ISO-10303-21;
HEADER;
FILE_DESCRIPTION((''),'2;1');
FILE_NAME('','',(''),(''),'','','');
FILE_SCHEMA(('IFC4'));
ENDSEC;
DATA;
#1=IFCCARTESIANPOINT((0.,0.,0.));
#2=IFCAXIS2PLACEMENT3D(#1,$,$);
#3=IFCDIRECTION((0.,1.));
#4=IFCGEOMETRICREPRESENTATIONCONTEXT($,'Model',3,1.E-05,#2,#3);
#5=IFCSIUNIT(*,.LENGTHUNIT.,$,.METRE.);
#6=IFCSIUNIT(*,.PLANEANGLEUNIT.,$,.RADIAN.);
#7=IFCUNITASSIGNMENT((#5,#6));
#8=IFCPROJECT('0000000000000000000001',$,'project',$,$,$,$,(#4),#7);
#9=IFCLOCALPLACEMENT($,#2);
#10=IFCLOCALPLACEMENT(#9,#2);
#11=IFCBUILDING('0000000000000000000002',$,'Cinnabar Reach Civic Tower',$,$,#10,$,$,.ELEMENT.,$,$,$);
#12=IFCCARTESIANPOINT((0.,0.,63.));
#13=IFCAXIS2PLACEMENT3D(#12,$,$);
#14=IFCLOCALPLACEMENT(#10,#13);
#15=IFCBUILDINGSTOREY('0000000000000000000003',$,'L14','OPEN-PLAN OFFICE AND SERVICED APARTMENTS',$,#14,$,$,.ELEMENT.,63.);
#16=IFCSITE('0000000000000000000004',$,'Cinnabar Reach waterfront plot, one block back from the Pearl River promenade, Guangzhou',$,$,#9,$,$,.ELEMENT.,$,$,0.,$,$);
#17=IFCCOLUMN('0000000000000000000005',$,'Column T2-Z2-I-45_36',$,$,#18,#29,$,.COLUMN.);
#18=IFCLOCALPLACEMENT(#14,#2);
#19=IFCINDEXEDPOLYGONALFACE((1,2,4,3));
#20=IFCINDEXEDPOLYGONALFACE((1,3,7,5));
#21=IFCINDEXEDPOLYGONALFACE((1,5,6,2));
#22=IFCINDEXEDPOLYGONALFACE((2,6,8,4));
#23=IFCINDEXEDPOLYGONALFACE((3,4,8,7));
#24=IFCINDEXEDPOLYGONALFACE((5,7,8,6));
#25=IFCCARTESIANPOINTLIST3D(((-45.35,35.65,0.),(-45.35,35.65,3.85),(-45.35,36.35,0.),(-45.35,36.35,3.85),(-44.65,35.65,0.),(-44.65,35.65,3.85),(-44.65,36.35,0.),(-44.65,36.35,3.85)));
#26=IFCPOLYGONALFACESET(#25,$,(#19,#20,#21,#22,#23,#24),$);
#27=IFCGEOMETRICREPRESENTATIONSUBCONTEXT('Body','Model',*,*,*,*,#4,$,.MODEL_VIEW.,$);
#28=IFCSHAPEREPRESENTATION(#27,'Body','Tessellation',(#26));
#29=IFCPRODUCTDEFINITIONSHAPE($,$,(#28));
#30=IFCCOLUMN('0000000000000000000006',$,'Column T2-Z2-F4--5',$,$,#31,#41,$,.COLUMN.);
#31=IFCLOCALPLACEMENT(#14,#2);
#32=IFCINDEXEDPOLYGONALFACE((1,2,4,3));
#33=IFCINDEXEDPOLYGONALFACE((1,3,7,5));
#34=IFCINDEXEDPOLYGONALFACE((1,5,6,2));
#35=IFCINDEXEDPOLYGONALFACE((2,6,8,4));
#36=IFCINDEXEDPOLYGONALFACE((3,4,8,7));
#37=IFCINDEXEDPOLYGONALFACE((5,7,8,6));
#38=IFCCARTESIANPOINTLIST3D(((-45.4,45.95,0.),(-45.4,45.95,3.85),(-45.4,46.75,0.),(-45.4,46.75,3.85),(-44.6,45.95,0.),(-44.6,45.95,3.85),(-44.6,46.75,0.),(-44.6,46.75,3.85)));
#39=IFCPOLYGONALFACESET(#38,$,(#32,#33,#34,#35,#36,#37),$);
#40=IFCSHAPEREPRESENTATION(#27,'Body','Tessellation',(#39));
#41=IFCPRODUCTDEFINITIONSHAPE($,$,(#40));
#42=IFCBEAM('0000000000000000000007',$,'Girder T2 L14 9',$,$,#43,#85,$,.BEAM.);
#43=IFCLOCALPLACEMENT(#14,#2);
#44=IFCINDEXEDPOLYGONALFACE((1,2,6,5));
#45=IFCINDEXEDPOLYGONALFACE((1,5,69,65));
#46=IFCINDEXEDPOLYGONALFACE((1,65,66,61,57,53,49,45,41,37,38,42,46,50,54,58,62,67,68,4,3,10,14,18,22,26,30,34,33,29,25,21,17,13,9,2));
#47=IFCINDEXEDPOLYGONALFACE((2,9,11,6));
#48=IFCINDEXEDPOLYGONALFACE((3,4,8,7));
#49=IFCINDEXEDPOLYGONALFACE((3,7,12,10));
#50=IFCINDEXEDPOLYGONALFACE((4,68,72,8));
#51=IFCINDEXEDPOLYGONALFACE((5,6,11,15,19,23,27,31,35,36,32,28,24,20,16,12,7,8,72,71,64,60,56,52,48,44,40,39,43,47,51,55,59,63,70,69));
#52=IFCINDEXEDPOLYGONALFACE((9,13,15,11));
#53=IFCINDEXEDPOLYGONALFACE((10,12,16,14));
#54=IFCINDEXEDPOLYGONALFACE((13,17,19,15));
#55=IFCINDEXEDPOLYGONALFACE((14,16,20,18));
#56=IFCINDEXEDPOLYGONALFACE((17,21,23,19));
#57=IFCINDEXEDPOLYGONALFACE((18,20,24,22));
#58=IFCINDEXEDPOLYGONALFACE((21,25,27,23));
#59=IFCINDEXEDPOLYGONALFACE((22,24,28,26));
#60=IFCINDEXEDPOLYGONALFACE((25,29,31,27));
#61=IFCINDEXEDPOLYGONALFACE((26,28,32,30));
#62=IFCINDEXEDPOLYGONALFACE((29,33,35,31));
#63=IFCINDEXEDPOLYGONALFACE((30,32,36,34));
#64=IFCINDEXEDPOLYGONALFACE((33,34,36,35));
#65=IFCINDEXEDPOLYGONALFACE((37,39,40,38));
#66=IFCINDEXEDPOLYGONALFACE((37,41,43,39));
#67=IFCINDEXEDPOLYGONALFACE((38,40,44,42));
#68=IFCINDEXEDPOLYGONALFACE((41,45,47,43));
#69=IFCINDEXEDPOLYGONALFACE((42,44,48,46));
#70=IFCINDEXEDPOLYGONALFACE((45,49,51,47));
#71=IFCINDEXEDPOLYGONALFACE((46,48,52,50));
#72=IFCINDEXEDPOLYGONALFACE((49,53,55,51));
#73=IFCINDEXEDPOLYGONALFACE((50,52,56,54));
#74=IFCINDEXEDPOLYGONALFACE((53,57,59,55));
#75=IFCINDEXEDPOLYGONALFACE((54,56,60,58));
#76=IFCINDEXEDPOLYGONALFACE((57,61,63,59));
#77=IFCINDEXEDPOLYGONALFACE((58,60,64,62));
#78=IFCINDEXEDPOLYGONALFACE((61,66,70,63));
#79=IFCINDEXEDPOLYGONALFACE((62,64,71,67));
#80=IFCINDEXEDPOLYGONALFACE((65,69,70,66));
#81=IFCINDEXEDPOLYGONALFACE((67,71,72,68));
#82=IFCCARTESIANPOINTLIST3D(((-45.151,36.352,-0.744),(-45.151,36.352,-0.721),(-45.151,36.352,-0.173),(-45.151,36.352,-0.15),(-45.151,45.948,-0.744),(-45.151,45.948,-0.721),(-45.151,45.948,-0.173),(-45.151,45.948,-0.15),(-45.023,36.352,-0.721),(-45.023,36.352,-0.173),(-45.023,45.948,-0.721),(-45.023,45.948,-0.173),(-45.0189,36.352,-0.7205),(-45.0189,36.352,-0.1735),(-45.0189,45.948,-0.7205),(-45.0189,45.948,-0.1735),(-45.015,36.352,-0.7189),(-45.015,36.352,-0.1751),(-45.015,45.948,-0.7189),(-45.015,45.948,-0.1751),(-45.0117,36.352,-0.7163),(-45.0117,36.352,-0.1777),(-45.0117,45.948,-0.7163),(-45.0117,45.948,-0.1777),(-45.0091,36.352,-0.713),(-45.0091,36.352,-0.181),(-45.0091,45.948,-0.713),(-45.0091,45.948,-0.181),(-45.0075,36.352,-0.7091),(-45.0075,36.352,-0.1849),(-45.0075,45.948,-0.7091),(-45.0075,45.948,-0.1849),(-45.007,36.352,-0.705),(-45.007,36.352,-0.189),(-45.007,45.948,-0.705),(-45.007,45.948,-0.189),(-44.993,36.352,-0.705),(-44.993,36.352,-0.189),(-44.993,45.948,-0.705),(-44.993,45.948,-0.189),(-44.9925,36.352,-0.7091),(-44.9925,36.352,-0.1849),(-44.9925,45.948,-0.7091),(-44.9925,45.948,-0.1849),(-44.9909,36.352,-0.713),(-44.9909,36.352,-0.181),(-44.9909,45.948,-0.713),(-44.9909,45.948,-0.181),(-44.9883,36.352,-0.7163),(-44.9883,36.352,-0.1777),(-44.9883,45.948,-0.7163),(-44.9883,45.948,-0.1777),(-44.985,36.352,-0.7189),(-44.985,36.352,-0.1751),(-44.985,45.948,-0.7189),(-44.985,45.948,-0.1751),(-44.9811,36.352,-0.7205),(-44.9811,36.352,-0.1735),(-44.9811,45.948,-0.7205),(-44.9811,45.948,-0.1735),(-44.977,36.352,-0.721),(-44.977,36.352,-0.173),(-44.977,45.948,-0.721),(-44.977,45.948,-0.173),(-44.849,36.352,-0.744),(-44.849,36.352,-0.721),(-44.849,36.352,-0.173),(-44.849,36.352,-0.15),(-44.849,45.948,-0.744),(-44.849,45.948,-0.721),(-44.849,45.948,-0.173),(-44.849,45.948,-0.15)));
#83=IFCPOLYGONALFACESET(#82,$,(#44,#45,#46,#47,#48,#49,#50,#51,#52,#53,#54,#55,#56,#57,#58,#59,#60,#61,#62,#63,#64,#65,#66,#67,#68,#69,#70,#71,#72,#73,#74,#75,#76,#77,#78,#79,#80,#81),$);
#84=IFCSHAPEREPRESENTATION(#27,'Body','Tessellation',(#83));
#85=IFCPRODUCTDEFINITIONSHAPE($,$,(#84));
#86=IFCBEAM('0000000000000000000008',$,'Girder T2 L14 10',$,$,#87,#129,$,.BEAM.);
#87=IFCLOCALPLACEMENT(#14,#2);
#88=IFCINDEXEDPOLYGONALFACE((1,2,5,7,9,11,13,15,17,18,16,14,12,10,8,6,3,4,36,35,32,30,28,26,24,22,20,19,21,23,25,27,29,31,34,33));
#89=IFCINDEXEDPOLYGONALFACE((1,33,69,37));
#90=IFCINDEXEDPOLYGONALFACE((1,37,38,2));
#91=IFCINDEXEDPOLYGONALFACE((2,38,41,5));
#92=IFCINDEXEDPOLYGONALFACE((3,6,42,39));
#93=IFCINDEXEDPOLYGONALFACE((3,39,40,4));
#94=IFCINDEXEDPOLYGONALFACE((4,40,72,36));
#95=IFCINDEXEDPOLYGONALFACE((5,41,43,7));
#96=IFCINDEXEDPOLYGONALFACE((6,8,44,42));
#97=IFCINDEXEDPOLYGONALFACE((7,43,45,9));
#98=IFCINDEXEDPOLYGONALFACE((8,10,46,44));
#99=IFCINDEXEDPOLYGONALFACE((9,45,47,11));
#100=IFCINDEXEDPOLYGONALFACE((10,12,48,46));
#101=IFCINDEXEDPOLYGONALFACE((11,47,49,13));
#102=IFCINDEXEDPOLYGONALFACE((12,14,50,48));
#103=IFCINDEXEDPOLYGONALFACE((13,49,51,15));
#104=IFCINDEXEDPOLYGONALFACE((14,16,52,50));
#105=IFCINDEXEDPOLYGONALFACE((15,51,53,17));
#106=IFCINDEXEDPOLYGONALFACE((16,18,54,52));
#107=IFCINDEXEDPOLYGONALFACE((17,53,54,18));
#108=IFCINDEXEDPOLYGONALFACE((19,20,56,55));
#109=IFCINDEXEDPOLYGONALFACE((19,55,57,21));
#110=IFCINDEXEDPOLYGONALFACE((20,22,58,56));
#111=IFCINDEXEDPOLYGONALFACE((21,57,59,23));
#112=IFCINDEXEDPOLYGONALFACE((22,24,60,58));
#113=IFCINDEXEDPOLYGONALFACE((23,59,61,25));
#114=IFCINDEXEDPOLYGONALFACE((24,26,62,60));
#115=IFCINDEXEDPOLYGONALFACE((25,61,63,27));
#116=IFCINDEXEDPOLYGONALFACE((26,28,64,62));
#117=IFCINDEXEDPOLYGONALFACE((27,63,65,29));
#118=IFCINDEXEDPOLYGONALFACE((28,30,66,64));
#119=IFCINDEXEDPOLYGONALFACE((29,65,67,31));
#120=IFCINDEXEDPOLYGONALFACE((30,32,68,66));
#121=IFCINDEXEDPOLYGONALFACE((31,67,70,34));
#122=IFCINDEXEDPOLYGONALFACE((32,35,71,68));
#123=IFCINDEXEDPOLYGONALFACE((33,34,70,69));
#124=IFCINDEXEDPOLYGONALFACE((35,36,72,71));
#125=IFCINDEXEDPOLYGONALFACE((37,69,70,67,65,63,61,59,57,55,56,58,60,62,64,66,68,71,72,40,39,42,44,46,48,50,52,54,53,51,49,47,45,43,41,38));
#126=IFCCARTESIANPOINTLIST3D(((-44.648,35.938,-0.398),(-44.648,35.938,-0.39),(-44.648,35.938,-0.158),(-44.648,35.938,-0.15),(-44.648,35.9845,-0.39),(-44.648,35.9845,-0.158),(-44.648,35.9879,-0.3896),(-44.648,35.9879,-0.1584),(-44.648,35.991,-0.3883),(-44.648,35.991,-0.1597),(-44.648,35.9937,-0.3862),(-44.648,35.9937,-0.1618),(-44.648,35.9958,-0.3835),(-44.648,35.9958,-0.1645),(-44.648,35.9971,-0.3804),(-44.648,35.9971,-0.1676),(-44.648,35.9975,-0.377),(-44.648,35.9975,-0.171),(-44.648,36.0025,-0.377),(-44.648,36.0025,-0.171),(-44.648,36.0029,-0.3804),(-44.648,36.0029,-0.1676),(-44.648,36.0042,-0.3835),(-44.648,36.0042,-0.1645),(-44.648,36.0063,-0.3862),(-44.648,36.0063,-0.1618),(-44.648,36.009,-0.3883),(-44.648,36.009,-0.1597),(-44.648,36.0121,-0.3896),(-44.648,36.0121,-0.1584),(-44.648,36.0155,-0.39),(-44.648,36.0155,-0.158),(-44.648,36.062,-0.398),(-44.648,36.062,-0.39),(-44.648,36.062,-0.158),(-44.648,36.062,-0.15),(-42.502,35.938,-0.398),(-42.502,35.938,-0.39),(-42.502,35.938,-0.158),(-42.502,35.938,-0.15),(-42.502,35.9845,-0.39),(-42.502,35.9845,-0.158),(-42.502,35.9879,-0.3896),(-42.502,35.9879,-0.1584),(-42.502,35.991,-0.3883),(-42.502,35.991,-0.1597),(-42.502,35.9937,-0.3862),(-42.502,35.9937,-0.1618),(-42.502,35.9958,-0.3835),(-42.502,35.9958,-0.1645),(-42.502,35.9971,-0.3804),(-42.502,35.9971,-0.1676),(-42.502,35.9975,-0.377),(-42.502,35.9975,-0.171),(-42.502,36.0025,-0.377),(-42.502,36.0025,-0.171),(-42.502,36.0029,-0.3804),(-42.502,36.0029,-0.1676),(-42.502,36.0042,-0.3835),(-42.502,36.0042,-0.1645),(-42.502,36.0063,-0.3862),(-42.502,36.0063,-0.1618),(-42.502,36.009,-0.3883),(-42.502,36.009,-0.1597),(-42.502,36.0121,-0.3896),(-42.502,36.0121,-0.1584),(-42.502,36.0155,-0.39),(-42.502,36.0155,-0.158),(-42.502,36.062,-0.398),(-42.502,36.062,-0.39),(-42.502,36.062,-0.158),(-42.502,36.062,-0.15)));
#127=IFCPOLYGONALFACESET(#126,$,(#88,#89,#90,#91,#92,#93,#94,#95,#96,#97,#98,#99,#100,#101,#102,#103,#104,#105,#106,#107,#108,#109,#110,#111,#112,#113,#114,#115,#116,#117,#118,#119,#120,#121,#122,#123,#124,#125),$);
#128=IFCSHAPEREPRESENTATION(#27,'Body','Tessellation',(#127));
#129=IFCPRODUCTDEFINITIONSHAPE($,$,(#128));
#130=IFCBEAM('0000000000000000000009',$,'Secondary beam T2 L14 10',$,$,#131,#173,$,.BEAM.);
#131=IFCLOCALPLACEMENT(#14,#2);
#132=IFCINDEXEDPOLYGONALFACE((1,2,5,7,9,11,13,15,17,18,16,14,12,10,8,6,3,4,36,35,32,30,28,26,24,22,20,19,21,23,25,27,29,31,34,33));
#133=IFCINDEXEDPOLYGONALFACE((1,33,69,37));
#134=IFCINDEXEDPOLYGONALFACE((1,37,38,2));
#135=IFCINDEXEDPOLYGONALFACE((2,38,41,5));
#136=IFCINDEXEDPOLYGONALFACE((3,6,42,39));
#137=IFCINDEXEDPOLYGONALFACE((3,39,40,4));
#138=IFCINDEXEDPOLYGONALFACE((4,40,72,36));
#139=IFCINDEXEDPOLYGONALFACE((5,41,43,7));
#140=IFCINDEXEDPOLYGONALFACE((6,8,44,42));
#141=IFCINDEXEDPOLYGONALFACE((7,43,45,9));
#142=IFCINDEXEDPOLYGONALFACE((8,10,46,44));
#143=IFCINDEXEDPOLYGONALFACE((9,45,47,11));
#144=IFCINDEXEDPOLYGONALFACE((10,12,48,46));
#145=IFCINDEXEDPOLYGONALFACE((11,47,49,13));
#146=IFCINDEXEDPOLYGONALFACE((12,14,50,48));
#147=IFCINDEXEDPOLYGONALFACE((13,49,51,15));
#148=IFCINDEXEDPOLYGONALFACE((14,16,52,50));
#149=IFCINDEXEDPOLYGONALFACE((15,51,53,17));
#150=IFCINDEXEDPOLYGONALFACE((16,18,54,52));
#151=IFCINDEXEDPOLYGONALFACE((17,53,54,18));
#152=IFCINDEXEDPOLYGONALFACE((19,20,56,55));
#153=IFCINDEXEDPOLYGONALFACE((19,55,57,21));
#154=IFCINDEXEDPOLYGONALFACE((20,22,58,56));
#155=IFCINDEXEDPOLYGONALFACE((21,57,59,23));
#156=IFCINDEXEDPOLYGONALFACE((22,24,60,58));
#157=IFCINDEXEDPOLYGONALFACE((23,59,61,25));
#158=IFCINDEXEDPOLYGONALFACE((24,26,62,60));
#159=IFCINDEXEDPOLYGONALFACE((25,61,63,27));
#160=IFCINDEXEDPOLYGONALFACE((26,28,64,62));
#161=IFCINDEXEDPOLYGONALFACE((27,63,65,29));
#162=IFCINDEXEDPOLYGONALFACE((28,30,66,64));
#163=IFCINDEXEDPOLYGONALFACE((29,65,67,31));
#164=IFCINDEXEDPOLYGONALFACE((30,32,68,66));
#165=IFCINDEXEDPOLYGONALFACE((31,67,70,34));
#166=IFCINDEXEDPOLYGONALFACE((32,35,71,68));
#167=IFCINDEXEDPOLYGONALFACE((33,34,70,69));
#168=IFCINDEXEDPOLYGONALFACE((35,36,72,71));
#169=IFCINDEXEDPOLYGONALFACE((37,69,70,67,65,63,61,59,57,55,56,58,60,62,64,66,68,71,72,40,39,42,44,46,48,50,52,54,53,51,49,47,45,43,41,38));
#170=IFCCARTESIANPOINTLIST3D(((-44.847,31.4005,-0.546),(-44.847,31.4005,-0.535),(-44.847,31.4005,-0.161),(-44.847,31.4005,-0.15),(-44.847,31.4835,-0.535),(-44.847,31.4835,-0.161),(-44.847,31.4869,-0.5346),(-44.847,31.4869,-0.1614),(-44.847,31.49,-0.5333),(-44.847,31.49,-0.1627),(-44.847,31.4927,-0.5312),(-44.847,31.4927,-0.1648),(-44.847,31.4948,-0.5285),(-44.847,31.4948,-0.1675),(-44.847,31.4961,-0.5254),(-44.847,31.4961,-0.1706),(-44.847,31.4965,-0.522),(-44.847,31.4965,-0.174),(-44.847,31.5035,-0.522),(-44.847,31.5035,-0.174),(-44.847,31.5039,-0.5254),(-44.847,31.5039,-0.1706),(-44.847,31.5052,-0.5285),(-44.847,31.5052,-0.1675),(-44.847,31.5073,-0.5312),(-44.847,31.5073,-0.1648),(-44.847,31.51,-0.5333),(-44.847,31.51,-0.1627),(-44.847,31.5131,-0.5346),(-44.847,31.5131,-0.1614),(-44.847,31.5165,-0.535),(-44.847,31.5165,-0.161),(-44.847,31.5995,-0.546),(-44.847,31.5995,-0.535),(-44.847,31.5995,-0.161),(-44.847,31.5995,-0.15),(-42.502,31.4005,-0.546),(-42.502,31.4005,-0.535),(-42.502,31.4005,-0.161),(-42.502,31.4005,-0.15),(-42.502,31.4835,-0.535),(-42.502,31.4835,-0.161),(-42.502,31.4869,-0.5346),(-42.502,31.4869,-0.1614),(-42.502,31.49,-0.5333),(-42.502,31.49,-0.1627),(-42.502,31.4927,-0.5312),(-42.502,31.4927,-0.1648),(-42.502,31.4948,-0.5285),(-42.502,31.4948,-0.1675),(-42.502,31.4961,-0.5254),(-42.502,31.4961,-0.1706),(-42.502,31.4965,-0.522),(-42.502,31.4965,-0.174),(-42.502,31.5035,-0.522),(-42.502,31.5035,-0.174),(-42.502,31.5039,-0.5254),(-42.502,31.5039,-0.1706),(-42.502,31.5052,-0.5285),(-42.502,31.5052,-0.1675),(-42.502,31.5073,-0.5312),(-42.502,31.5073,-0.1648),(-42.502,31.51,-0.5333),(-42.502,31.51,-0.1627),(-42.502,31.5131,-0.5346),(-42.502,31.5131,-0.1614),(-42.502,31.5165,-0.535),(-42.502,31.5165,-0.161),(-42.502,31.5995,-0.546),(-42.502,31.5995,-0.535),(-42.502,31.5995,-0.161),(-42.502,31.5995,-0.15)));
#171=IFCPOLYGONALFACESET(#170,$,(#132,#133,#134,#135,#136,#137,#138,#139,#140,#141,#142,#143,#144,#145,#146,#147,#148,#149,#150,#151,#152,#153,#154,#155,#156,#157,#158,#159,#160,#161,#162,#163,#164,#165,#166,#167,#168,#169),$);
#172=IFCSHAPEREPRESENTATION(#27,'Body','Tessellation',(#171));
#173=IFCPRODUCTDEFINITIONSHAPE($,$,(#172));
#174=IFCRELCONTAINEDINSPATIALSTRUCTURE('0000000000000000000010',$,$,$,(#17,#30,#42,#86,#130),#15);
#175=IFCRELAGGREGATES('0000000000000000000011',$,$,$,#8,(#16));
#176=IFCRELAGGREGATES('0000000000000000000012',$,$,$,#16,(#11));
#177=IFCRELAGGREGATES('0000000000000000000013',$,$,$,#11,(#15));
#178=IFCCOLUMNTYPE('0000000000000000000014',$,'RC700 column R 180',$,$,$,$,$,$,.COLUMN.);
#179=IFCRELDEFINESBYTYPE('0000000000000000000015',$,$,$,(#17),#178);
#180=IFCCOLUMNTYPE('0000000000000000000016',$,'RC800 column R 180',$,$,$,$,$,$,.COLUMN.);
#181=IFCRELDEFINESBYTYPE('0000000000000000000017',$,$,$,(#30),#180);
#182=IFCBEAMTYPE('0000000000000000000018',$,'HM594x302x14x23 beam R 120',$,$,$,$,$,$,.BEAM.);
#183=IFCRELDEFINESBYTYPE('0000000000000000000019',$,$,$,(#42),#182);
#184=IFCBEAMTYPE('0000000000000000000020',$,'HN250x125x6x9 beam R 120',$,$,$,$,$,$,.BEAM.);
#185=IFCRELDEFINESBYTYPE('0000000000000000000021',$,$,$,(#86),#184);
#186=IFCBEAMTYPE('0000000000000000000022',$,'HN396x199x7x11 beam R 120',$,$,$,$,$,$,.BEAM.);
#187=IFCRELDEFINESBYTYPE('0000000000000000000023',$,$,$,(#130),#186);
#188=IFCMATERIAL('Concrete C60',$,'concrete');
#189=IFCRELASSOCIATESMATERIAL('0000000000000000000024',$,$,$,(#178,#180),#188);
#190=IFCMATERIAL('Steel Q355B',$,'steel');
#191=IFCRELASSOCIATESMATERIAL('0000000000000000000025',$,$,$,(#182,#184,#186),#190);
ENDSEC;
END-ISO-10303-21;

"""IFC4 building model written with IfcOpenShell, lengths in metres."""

from ifc_helpers import new_model, si_unit, direction, frame, origin, origin_2d, place, context, subcontext, project, spatial, rectangle, i_section, extrude, material, material_profile, profile_set, type_object, element, save


model = new_model("IFC4")

# Units and contexts
model_context = context("Model", 3, precision=1e-05, world=origin(), true_north=direction((0.0, 1.0)))
body_context = subcontext(model_context, "Body", "Model", "MODEL_VIEW")
ifc_project = project(units=[si_unit("LENGTHUNIT", "METRE"), si_unit("PLANEANGLEUNIT", "RADIAN")], contexts=[model_context])

# Site, building, storey
site_placement = place(None, origin())
site = spatial("IfcSite", under=ifc_project, at=site_placement, Name="Cinnabar Reach waterfront plot, one block back from the Pearl River promenade, Guangzhou", CompositionType="ELEMENT", RefElevation=0.0)
building_placement = place(site_placement, origin())
building = spatial("IfcBuilding", under=site, at=building_placement, Name="Cinnabar Reach Civic Tower", CompositionType="ELEMENT")
storey_placement = place(building_placement, frame((0.0, 0.0, 63.0)))
storey = spatial("IfcBuildingStorey", under=building, at=storey_placement, Name="L14", Description="OPEN-PLAN OFFICE AND SERVICED APARTMENTS", CompositionType="ELEMENT", Elevation=63.0)

# Columns
ifc_material_1 = material(Name="Concrete C60", Category="concrete")
ifc_material_profile_1 = material_profile(ifc_material_1, rectangle(XDim=0.7, YDim=0.7, at=origin_2d()), Name="RC700")
ifc_profile_set_1 = profile_set([ifc_material_profile_1], Name="Concrete C60")
column_type_1 = type_object("IfcColumnType", Name="RC700 column R 180", PredefinedType="COLUMN", material=ifc_profile_set_1)
column_1_placement = place(storey_placement, frame((-45.0, 36.0, 0.0), z_axis=(0.0, 0.0, 1.0), x_axis=(1.0, 0.0, 0.0)))
element("IfcColumn", 1, at=column_1_placement, inside=storey, type_object=column_type_1, Name="Column T2-Z2-I-45_36", PredefinedType="COLUMN", context=body_context, shape_type="SweptSolid", body=[
    extrude(rectangle(XDim=0.7, YDim=0.7, at=origin_2d()), origin(), (0.0, 0.0, 1.0), 3.85),
])
ifc_material_profile_2 = material_profile(ifc_material_1, rectangle(XDim=0.8, YDim=0.8, at=origin_2d()), Name="RC800")
ifc_profile_set_2 = profile_set([ifc_material_profile_2], Name="Concrete C60")
column_type_2 = type_object("IfcColumnType", Name="RC800 column R 180", PredefinedType="COLUMN", material=ifc_profile_set_2)
column_2_placement = place(storey_placement, frame((-45.0, 46.35, 0.0), z_axis=(0.0, 0.0, 1.0), x_axis=(1.0, 0.0, 0.0)))
element("IfcColumn", 2, at=column_2_placement, inside=storey, type_object=column_type_2, Name="Column T2-Z2-F4--5", PredefinedType="COLUMN", context=body_context, shape_type="SweptSolid", body=[
    extrude(rectangle(XDim=0.8, YDim=0.8, at=origin_2d()), origin(), (0.0, 0.0, 1.0), 3.85),
])

# Beams
ifc_material_2 = material(Name="Steel Q355B", Category="steel")
ifc_material_profile_3 = material_profile(ifc_material_2, i_section(OverallWidth=0.302, OverallDepth=0.594, WebThickness=0.014, FlangeThickness=0.023, FilletRadius=0.016, at=origin_2d()), Name="HM594x302x14x23")
ifc_profile_set_3 = profile_set([ifc_material_profile_3], Name="Steel Q355B")
beam_type_1 = type_object("IfcBeamType", Name="HM594x302x14x23 beam R 120", PredefinedType="BEAM", material=ifc_profile_set_3)
beam_1_placement = place(storey_placement, frame((-45.0, 36.352, -0.447), z_axis=(0.0, 1.0, 0.0), x_axis=(-1.0, 0.0, 0.0)))
element("IfcBeam", 3, at=beam_1_placement, inside=storey, type_object=beam_type_1, Name="Girder T2 L14 9", PredefinedType="BEAM", context=body_context, shape_type="SweptSolid", body=[
    extrude(i_section(OverallWidth=0.302, OverallDepth=0.594, WebThickness=0.014, FlangeThickness=0.023, FilletRadius=0.016, at=origin_2d()), origin(), (0.0, 0.0, 1.0), 9.596),
])
ifc_material_profile_4 = material_profile(ifc_material_2, i_section(OverallWidth=0.124, OverallDepth=0.248, WebThickness=0.005, FlangeThickness=0.008, FilletRadius=0.013, at=origin_2d()), Name="HN250x125x6x9")
ifc_profile_set_4 = profile_set([ifc_material_profile_4], Name="Steel Q355B")
beam_type_2 = type_object("IfcBeamType", Name="HN250x125x6x9 beam R 120", PredefinedType="BEAM", material=ifc_profile_set_4)
beam_2_placement = place(storey_placement, frame((-44.648, 36.0, -0.274), z_axis=(1.0, 0.0, 0.0), x_axis=(0.0, 1.0, 0.0)))
element("IfcBeam", 4, at=beam_2_placement, inside=storey, type_object=beam_type_2, Name="Girder T2 L14 10", PredefinedType="BEAM", context=body_context, shape_type="SweptSolid", body=[
    extrude(i_section(OverallWidth=0.124, OverallDepth=0.248, WebThickness=0.005, FlangeThickness=0.008, FilletRadius=0.013, at=origin_2d()), origin(), (0.0, 0.0, 1.0), 2.146),
])
ifc_material_profile_5 = material_profile(ifc_material_2, i_section(OverallWidth=0.199, OverallDepth=0.396, WebThickness=0.007, FlangeThickness=0.011, FilletRadius=0.013, at=origin_2d()), Name="HN396x199x7x11")
ifc_profile_set_5 = profile_set([ifc_material_profile_5], Name="Steel Q355B")
beam_type_3 = type_object("IfcBeamType", Name="HN396x199x7x11 beam R 120", PredefinedType="BEAM", material=ifc_profile_set_5)
for number, where, z_axis, x_axis, name in (
    (5, (-44.847, 31.5, -0.348), (1.0, 0.0, 0.0), (0.0, 1.0, 0.0), "Secondary beam T2 L14 10"),
):
    element("IfcBeam", number, at=place(storey_placement, frame(where, z_axis=z_axis, x_axis=x_axis)), inside=storey, type_object=beam_type_3, Name=name, PredefinedType="BEAM", context=body_context, shape_type="SweptSolid", body=[
        extrude(i_section(OverallWidth=0.199, OverallDepth=0.396, WebThickness=0.007, FlangeThickness=0.011, FilletRadius=0.013, at=origin_2d()), origin(), (0.0, 0.0, 1.0), 2.345),
    ])

save(model, "model.ifc")
